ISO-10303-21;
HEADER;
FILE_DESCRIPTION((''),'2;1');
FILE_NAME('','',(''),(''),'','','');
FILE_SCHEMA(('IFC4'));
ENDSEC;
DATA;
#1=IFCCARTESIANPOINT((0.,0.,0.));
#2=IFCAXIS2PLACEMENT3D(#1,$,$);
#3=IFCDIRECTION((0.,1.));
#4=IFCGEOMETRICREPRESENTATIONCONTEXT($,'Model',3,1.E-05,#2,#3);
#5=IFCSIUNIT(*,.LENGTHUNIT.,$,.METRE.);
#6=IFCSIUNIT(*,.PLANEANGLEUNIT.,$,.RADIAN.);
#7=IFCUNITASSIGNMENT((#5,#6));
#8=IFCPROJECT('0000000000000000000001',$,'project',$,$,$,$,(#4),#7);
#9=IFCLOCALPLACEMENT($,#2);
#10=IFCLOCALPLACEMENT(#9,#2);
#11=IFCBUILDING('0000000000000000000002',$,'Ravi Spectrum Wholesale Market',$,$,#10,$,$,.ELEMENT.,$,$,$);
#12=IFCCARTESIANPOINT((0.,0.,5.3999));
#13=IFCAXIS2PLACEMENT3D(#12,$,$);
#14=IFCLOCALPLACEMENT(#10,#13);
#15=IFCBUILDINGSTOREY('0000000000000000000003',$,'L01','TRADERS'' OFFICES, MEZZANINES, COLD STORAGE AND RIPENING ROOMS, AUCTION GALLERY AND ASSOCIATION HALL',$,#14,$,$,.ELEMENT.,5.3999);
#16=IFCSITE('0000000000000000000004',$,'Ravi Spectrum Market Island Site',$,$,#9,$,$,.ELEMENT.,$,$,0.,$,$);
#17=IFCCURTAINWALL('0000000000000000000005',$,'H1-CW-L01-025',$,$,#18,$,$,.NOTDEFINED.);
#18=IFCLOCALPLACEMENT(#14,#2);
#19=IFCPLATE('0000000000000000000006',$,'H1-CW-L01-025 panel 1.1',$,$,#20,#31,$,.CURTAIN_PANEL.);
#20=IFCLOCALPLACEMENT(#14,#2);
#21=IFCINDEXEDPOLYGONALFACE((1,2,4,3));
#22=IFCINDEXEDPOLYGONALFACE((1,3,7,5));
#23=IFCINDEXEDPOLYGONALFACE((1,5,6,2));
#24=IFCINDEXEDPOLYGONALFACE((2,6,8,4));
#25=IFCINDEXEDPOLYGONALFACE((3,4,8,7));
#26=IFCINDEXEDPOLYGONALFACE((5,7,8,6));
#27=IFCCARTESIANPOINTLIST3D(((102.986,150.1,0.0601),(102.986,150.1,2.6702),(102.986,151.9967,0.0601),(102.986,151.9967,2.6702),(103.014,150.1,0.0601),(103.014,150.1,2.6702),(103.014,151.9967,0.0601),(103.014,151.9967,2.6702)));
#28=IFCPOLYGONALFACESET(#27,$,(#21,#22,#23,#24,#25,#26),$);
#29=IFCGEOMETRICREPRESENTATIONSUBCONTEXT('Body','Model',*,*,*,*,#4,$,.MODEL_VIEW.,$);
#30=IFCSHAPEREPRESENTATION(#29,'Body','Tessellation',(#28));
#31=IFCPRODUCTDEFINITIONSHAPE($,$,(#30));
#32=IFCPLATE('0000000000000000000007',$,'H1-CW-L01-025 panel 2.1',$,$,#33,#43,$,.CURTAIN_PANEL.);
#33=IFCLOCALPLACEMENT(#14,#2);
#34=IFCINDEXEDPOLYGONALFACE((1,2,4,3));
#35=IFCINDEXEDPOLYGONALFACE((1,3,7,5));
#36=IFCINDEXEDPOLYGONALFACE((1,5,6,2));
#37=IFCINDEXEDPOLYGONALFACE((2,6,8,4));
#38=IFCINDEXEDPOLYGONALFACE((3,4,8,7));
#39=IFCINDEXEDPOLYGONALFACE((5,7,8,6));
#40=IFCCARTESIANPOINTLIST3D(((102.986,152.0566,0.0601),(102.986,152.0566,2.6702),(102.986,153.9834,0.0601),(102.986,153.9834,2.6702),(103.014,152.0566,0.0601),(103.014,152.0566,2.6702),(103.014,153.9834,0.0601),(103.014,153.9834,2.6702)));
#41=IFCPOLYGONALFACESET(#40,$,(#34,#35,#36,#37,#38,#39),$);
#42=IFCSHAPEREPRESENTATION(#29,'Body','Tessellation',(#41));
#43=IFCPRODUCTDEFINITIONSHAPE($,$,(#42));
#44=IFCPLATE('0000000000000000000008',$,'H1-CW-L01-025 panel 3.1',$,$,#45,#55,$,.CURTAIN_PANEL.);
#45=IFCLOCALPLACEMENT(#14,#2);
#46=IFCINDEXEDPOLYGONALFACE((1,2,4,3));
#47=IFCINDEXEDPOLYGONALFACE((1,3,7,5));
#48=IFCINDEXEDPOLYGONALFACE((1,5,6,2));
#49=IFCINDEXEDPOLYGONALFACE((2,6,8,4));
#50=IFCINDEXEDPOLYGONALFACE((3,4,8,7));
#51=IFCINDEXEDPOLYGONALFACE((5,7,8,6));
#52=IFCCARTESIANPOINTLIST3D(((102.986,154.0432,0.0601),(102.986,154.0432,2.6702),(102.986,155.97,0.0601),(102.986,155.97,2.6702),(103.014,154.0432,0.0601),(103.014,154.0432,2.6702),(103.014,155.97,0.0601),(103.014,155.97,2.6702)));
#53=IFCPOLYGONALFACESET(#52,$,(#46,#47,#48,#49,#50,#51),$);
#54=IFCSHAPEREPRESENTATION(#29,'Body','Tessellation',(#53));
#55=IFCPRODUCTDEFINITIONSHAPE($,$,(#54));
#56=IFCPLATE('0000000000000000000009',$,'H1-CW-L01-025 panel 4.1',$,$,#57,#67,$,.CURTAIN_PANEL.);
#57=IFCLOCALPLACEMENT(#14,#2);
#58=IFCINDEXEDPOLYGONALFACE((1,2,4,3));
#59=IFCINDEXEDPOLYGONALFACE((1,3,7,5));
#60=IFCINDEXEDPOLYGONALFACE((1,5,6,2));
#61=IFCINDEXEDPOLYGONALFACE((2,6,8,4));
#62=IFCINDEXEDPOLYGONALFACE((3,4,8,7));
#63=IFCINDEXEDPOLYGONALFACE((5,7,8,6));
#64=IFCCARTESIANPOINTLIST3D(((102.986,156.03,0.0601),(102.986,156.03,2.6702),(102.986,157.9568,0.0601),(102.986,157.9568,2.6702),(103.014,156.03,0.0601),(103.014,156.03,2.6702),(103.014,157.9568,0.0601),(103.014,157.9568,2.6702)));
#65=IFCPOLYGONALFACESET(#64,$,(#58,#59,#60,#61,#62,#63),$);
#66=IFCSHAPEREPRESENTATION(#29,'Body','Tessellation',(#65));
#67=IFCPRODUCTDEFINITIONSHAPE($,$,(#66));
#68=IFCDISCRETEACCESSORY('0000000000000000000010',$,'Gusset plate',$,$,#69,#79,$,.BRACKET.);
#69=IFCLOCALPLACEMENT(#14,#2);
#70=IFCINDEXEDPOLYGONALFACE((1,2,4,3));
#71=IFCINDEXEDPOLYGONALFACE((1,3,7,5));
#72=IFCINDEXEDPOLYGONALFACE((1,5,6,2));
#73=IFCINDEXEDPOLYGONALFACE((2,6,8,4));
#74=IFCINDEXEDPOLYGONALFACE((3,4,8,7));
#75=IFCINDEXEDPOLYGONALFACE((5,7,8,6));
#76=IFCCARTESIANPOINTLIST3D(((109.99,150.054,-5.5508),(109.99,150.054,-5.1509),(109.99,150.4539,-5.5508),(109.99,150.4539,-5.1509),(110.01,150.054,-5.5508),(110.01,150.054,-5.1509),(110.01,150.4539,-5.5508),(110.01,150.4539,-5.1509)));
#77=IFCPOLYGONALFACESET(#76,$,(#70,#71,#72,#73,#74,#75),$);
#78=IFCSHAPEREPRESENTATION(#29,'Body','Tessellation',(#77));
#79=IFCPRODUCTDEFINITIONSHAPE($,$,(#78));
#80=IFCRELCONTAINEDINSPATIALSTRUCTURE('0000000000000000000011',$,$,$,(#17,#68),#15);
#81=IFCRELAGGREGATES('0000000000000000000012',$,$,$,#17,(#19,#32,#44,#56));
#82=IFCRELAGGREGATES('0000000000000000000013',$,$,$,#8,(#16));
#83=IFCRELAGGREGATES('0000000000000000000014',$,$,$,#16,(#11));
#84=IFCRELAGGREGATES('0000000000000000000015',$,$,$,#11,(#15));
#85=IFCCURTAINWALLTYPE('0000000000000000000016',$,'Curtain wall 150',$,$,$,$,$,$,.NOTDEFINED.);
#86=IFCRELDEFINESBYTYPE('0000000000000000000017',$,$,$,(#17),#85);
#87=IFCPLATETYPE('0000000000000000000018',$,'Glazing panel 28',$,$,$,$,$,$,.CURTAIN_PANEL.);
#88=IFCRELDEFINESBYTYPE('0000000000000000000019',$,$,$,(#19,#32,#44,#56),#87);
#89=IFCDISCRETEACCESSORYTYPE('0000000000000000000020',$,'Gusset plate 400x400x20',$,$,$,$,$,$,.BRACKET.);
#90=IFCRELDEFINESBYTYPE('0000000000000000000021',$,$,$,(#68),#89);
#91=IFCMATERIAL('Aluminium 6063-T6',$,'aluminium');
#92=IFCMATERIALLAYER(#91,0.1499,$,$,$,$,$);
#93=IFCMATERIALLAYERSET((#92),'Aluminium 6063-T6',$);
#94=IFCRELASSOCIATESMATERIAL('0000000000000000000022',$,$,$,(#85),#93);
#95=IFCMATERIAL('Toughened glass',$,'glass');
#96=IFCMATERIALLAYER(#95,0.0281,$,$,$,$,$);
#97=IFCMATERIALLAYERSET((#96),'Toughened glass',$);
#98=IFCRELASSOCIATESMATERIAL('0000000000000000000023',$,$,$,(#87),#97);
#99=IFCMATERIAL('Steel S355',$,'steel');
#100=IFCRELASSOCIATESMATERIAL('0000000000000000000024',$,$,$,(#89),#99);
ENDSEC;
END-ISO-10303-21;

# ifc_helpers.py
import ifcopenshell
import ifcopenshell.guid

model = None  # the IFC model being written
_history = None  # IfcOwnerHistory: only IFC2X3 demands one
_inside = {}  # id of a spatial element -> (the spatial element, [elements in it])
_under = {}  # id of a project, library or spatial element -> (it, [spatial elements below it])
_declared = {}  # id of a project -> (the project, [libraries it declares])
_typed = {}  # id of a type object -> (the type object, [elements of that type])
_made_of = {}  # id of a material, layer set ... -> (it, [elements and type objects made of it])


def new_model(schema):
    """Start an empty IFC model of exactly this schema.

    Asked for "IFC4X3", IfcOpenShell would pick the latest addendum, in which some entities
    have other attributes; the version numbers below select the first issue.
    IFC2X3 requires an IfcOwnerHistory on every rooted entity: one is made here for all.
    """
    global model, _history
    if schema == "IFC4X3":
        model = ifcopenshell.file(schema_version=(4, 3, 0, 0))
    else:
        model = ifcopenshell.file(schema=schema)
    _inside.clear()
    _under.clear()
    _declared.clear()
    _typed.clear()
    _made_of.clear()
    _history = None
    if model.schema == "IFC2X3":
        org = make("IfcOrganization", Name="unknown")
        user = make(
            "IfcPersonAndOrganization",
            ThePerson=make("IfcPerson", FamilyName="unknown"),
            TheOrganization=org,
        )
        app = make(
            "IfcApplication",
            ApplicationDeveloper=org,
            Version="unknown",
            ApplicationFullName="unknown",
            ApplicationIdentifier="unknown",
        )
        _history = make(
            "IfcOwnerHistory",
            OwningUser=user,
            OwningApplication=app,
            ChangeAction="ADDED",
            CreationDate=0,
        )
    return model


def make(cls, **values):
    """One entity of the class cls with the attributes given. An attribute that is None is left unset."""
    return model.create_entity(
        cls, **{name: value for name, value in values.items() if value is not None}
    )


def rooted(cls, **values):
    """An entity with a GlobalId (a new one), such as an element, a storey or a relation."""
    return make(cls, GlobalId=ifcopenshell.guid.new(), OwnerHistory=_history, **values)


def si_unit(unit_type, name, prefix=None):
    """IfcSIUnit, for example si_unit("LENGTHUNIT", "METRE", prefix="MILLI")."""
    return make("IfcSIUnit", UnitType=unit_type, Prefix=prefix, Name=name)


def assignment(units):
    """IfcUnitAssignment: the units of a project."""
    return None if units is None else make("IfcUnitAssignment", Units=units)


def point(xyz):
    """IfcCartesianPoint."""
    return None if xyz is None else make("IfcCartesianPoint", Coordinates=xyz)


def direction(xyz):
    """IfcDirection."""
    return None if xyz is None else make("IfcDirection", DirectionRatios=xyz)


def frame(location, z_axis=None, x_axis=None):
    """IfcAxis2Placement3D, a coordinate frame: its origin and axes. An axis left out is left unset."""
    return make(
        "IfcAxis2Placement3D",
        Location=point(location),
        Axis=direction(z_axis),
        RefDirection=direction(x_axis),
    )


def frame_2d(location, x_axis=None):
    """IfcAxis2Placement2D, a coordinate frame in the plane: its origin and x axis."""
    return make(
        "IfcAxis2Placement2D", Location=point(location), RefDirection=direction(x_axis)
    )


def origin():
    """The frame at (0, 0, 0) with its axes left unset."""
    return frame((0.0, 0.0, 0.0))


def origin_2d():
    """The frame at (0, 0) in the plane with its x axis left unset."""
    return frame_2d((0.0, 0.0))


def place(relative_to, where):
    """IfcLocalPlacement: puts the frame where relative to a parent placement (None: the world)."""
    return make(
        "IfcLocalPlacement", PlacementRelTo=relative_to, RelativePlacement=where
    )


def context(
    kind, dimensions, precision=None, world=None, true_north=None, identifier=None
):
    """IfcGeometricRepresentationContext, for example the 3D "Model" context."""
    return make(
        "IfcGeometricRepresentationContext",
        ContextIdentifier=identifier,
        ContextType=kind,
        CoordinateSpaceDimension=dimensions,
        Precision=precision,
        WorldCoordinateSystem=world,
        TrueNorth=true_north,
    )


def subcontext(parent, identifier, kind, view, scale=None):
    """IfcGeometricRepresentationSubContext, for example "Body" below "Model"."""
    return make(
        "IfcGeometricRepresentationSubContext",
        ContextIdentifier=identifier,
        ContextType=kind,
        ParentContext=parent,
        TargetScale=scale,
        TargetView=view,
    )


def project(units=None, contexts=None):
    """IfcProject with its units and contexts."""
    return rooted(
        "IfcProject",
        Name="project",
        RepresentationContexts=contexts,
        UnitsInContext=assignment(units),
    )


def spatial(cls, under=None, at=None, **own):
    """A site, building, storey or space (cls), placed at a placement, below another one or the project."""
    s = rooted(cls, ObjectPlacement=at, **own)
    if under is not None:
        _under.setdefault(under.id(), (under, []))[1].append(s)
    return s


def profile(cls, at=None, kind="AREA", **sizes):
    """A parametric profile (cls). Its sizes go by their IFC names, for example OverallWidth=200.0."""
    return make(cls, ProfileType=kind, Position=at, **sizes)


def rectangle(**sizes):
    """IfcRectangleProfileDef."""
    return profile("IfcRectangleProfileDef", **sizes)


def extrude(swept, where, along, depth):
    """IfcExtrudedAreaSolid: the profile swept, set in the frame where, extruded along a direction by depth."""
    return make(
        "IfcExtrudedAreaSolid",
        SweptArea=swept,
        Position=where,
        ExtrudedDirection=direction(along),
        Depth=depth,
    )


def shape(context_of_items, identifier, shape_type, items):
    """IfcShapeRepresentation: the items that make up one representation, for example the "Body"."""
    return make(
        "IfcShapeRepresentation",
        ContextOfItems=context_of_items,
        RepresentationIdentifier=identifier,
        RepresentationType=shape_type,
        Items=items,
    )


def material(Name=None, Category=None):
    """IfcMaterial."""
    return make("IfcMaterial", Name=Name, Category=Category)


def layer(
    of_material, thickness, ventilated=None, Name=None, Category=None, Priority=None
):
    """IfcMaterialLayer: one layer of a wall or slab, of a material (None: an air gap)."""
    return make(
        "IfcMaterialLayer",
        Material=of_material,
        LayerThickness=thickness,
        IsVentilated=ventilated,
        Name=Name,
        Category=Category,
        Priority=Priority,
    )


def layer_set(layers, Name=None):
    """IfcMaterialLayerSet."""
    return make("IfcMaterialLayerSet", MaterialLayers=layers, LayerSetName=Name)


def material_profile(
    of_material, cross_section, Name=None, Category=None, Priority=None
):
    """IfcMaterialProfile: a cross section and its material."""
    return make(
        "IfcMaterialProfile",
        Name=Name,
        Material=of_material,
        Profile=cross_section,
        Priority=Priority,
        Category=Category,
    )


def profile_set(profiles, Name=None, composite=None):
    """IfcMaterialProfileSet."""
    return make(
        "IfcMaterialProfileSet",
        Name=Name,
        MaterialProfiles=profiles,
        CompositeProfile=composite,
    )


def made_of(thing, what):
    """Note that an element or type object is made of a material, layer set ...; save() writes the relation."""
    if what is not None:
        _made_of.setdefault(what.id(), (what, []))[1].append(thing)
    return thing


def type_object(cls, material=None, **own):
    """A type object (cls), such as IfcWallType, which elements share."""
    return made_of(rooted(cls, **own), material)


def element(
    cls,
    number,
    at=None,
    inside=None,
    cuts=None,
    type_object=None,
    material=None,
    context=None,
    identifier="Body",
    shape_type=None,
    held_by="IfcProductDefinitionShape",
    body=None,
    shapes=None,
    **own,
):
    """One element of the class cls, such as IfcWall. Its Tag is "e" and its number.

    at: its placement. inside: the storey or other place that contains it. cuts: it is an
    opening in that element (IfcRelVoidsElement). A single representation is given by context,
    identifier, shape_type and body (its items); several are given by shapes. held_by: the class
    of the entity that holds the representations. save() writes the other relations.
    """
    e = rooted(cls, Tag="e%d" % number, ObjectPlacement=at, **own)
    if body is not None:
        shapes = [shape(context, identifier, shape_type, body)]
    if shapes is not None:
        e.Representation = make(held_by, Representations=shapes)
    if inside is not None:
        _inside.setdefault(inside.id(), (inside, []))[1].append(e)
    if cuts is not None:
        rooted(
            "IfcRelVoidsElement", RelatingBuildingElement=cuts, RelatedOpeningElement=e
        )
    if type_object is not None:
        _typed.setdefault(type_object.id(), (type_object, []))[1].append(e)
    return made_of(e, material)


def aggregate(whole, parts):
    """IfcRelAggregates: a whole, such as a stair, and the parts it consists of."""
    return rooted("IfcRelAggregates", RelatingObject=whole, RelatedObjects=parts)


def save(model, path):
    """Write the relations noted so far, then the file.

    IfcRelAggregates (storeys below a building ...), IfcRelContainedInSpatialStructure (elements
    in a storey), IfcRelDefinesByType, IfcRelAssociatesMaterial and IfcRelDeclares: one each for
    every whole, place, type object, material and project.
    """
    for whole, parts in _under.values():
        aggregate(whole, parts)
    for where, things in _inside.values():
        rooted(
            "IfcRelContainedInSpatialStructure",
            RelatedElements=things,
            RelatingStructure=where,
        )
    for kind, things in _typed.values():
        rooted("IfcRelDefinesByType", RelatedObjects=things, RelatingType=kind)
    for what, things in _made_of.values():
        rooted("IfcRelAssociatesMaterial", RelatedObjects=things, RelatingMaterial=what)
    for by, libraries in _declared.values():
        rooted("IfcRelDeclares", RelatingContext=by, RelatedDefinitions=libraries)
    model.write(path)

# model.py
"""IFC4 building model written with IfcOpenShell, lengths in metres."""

from ifc_helpers import new_model, si_unit, direction, frame, origin, origin_2d, place, context, subcontext, project, spatial, rectangle, extrude, material, layer, layer_set, material_profile, profile_set, type_object, element, aggregate, save


model = new_model("IFC4")

# Units and contexts
model_context = context("Model", 3, precision=1e-05, world=origin(), true_north=direction((0.0, 1.0)))
body_context = subcontext(model_context, "Body", "Model", "MODEL_VIEW")
ifc_project = project(units=[si_unit("LENGTHUNIT", "METRE"), si_unit("PLANEANGLEUNIT", "RADIAN")], contexts=[model_context])

# Site, building, storey
site_placement = place(None, origin())
site = spatial("IfcSite", under=ifc_project, at=site_placement, Name="Ravi Spectrum Market Island Site", CompositionType="ELEMENT", RefElevation=0.0)
building_placement = place(site_placement, origin())
building = spatial("IfcBuilding", under=site, at=building_placement, Name="Ravi Spectrum Wholesale Market", CompositionType="ELEMENT")
storey_placement = place(building_placement, frame((0.0, 0.0, 5.3999)))
storey = spatial("IfcBuildingStorey", under=building, at=storey_placement, Name="L01", Description="TRADERS' OFFICES, MEZZANINES, COLD STORAGE AND RIPENING ROOMS, AUCTION GALLERY AND ASSOCIATION HALL", CompositionType="ELEMENT", Elevation=5.3999)

# Shared definitions
ifc_material_1 = material(Name="Aluminium 6063-T6", Category="aluminium")
ifc_layer_1 = layer(ifc_material_1, 0.1499)
ifc_layer_set_1 = layer_set([ifc_layer_1], Name="Aluminium 6063-T6")
curtain_wall_type = type_object("IfcCurtainWallType", Name="Curtain wall 150", PredefinedType="NOTDEFINED", material=ifc_layer_set_1)

# Curtain wall
curtain_wall_1_placement = place(storey_placement, origin())
curtain_wall_1 = element("IfcCurtainWall", 1, at=curtain_wall_1_placement, inside=storey, type_object=curtain_wall_type, Name="H1-CW-L01-025", PredefinedType="NOTDEFINED")

# Plates
ifc_material_2 = material(Name="Toughened glass", Category="glass")
ifc_layer_2 = layer(ifc_material_2, 0.0281)
ifc_layer_set_2 = layer_set([ifc_layer_2], Name="Toughened glass")
plate_type = type_object("IfcPlateType", Name="Glazing panel 28", PredefinedType="CURTAIN_PANEL", material=ifc_layer_set_2)
plate_1_placement = place(storey_placement, frame((103.0, 151.0483, 0.0601), z_axis=(0.0, 0.0, 1.0), x_axis=(0.0, 1.0, 0.0)))
plate_1 = element("IfcPlate", 2, at=plate_1_placement, type_object=plate_type, Name="H1-CW-L01-025 panel 1.1", PredefinedType="CURTAIN_PANEL", context=body_context, shape_type="SweptSolid", body=[
    extrude(rectangle(XDim=1.8967, YDim=0.0281, at=origin_2d()), origin(), (0.0, 0.0, 1.0), 2.6101),
])
plate_2_placement = place(storey_placement, frame((103.0, 153.02, 0.0601), z_axis=(0.0, 0.0, 1.0), x_axis=(0.0, 1.0, 0.0)))
plate_2 = element("IfcPlate", 3, at=plate_2_placement, type_object=plate_type, Name="H1-CW-L01-025 panel 2.1", PredefinedType="CURTAIN_PANEL", context=body_context, shape_type="SweptSolid", body=[
    extrude(rectangle(XDim=1.9268, YDim=0.0281, at=origin_2d()), origin(), (0.0, 0.0, 1.0), 2.6101),
])
plate_3_placement = place(storey_placement, frame((103.0, 155.0066, 0.0601), z_axis=(0.0, 0.0, 1.0), x_axis=(0.0, 1.0, 0.0)))
plate_3 = element("IfcPlate", 4, at=plate_3_placement, type_object=plate_type, Name="H1-CW-L01-025 panel 3.1", PredefinedType="CURTAIN_PANEL", context=body_context, shape_type="SweptSolid", body=[
    extrude(rectangle(XDim=1.9268, YDim=0.0281, at=origin_2d()), origin(), (0.0, 0.0, 1.0), 2.6101),
])
plate_4_placement = place(storey_placement, frame((103.0, 156.9934, 0.0601), z_axis=(0.0, 0.0, 1.0), x_axis=(0.0, 1.0, 0.0)))
plate_4 = element("IfcPlate", 5, at=plate_4_placement, type_object=plate_type, Name="H1-CW-L01-025 panel 4.1", PredefinedType="CURTAIN_PANEL", context=body_context, shape_type="SweptSolid", body=[
    extrude(rectangle(XDim=1.9268, YDim=0.0281, at=origin_2d()), origin(), (0.0, 0.0, 1.0), 2.6101),
])
aggregate(curtain_wall_1, [plate_1, plate_2, plate_3, plate_4])

# Discrete accessory
ifc_material_3 = material(Name="Steel S355", Category="steel")
ifc_material_profile_1 = material_profile(ifc_material_3, rectangle(XDim=0.3999, YDim=0.02, at=origin_2d()))
ifc_profile_set_1 = profile_set([ifc_material_profile_1], Name="Steel S355")
discrete_accessory_type = type_object("IfcDiscreteAccessoryType", Name="Gusset plate 400x400x20", PredefinedType="BRACKET", material=ifc_profile_set_1)
discrete_accessory_placement = place(storey_placement, frame((110.0, 150.2539, -5.5508), z_axis=(0.0, 0.0, 1.0), x_axis=(0.0, 1.0, 0.0)))
element("IfcDiscreteAccessory", 6, at=discrete_accessory_placement, inside=storey, type_object=discrete_accessory_type, Name="Gusset plate", PredefinedType="BRACKET", context=body_context, shape_type="SweptSolid", body=[
    extrude(rectangle(XDim=0.3999, YDim=0.02, at=origin_2d()), origin(), (0.0, 0.0, 1.0), 0.3999),
])

save(model, "model.ifc")
